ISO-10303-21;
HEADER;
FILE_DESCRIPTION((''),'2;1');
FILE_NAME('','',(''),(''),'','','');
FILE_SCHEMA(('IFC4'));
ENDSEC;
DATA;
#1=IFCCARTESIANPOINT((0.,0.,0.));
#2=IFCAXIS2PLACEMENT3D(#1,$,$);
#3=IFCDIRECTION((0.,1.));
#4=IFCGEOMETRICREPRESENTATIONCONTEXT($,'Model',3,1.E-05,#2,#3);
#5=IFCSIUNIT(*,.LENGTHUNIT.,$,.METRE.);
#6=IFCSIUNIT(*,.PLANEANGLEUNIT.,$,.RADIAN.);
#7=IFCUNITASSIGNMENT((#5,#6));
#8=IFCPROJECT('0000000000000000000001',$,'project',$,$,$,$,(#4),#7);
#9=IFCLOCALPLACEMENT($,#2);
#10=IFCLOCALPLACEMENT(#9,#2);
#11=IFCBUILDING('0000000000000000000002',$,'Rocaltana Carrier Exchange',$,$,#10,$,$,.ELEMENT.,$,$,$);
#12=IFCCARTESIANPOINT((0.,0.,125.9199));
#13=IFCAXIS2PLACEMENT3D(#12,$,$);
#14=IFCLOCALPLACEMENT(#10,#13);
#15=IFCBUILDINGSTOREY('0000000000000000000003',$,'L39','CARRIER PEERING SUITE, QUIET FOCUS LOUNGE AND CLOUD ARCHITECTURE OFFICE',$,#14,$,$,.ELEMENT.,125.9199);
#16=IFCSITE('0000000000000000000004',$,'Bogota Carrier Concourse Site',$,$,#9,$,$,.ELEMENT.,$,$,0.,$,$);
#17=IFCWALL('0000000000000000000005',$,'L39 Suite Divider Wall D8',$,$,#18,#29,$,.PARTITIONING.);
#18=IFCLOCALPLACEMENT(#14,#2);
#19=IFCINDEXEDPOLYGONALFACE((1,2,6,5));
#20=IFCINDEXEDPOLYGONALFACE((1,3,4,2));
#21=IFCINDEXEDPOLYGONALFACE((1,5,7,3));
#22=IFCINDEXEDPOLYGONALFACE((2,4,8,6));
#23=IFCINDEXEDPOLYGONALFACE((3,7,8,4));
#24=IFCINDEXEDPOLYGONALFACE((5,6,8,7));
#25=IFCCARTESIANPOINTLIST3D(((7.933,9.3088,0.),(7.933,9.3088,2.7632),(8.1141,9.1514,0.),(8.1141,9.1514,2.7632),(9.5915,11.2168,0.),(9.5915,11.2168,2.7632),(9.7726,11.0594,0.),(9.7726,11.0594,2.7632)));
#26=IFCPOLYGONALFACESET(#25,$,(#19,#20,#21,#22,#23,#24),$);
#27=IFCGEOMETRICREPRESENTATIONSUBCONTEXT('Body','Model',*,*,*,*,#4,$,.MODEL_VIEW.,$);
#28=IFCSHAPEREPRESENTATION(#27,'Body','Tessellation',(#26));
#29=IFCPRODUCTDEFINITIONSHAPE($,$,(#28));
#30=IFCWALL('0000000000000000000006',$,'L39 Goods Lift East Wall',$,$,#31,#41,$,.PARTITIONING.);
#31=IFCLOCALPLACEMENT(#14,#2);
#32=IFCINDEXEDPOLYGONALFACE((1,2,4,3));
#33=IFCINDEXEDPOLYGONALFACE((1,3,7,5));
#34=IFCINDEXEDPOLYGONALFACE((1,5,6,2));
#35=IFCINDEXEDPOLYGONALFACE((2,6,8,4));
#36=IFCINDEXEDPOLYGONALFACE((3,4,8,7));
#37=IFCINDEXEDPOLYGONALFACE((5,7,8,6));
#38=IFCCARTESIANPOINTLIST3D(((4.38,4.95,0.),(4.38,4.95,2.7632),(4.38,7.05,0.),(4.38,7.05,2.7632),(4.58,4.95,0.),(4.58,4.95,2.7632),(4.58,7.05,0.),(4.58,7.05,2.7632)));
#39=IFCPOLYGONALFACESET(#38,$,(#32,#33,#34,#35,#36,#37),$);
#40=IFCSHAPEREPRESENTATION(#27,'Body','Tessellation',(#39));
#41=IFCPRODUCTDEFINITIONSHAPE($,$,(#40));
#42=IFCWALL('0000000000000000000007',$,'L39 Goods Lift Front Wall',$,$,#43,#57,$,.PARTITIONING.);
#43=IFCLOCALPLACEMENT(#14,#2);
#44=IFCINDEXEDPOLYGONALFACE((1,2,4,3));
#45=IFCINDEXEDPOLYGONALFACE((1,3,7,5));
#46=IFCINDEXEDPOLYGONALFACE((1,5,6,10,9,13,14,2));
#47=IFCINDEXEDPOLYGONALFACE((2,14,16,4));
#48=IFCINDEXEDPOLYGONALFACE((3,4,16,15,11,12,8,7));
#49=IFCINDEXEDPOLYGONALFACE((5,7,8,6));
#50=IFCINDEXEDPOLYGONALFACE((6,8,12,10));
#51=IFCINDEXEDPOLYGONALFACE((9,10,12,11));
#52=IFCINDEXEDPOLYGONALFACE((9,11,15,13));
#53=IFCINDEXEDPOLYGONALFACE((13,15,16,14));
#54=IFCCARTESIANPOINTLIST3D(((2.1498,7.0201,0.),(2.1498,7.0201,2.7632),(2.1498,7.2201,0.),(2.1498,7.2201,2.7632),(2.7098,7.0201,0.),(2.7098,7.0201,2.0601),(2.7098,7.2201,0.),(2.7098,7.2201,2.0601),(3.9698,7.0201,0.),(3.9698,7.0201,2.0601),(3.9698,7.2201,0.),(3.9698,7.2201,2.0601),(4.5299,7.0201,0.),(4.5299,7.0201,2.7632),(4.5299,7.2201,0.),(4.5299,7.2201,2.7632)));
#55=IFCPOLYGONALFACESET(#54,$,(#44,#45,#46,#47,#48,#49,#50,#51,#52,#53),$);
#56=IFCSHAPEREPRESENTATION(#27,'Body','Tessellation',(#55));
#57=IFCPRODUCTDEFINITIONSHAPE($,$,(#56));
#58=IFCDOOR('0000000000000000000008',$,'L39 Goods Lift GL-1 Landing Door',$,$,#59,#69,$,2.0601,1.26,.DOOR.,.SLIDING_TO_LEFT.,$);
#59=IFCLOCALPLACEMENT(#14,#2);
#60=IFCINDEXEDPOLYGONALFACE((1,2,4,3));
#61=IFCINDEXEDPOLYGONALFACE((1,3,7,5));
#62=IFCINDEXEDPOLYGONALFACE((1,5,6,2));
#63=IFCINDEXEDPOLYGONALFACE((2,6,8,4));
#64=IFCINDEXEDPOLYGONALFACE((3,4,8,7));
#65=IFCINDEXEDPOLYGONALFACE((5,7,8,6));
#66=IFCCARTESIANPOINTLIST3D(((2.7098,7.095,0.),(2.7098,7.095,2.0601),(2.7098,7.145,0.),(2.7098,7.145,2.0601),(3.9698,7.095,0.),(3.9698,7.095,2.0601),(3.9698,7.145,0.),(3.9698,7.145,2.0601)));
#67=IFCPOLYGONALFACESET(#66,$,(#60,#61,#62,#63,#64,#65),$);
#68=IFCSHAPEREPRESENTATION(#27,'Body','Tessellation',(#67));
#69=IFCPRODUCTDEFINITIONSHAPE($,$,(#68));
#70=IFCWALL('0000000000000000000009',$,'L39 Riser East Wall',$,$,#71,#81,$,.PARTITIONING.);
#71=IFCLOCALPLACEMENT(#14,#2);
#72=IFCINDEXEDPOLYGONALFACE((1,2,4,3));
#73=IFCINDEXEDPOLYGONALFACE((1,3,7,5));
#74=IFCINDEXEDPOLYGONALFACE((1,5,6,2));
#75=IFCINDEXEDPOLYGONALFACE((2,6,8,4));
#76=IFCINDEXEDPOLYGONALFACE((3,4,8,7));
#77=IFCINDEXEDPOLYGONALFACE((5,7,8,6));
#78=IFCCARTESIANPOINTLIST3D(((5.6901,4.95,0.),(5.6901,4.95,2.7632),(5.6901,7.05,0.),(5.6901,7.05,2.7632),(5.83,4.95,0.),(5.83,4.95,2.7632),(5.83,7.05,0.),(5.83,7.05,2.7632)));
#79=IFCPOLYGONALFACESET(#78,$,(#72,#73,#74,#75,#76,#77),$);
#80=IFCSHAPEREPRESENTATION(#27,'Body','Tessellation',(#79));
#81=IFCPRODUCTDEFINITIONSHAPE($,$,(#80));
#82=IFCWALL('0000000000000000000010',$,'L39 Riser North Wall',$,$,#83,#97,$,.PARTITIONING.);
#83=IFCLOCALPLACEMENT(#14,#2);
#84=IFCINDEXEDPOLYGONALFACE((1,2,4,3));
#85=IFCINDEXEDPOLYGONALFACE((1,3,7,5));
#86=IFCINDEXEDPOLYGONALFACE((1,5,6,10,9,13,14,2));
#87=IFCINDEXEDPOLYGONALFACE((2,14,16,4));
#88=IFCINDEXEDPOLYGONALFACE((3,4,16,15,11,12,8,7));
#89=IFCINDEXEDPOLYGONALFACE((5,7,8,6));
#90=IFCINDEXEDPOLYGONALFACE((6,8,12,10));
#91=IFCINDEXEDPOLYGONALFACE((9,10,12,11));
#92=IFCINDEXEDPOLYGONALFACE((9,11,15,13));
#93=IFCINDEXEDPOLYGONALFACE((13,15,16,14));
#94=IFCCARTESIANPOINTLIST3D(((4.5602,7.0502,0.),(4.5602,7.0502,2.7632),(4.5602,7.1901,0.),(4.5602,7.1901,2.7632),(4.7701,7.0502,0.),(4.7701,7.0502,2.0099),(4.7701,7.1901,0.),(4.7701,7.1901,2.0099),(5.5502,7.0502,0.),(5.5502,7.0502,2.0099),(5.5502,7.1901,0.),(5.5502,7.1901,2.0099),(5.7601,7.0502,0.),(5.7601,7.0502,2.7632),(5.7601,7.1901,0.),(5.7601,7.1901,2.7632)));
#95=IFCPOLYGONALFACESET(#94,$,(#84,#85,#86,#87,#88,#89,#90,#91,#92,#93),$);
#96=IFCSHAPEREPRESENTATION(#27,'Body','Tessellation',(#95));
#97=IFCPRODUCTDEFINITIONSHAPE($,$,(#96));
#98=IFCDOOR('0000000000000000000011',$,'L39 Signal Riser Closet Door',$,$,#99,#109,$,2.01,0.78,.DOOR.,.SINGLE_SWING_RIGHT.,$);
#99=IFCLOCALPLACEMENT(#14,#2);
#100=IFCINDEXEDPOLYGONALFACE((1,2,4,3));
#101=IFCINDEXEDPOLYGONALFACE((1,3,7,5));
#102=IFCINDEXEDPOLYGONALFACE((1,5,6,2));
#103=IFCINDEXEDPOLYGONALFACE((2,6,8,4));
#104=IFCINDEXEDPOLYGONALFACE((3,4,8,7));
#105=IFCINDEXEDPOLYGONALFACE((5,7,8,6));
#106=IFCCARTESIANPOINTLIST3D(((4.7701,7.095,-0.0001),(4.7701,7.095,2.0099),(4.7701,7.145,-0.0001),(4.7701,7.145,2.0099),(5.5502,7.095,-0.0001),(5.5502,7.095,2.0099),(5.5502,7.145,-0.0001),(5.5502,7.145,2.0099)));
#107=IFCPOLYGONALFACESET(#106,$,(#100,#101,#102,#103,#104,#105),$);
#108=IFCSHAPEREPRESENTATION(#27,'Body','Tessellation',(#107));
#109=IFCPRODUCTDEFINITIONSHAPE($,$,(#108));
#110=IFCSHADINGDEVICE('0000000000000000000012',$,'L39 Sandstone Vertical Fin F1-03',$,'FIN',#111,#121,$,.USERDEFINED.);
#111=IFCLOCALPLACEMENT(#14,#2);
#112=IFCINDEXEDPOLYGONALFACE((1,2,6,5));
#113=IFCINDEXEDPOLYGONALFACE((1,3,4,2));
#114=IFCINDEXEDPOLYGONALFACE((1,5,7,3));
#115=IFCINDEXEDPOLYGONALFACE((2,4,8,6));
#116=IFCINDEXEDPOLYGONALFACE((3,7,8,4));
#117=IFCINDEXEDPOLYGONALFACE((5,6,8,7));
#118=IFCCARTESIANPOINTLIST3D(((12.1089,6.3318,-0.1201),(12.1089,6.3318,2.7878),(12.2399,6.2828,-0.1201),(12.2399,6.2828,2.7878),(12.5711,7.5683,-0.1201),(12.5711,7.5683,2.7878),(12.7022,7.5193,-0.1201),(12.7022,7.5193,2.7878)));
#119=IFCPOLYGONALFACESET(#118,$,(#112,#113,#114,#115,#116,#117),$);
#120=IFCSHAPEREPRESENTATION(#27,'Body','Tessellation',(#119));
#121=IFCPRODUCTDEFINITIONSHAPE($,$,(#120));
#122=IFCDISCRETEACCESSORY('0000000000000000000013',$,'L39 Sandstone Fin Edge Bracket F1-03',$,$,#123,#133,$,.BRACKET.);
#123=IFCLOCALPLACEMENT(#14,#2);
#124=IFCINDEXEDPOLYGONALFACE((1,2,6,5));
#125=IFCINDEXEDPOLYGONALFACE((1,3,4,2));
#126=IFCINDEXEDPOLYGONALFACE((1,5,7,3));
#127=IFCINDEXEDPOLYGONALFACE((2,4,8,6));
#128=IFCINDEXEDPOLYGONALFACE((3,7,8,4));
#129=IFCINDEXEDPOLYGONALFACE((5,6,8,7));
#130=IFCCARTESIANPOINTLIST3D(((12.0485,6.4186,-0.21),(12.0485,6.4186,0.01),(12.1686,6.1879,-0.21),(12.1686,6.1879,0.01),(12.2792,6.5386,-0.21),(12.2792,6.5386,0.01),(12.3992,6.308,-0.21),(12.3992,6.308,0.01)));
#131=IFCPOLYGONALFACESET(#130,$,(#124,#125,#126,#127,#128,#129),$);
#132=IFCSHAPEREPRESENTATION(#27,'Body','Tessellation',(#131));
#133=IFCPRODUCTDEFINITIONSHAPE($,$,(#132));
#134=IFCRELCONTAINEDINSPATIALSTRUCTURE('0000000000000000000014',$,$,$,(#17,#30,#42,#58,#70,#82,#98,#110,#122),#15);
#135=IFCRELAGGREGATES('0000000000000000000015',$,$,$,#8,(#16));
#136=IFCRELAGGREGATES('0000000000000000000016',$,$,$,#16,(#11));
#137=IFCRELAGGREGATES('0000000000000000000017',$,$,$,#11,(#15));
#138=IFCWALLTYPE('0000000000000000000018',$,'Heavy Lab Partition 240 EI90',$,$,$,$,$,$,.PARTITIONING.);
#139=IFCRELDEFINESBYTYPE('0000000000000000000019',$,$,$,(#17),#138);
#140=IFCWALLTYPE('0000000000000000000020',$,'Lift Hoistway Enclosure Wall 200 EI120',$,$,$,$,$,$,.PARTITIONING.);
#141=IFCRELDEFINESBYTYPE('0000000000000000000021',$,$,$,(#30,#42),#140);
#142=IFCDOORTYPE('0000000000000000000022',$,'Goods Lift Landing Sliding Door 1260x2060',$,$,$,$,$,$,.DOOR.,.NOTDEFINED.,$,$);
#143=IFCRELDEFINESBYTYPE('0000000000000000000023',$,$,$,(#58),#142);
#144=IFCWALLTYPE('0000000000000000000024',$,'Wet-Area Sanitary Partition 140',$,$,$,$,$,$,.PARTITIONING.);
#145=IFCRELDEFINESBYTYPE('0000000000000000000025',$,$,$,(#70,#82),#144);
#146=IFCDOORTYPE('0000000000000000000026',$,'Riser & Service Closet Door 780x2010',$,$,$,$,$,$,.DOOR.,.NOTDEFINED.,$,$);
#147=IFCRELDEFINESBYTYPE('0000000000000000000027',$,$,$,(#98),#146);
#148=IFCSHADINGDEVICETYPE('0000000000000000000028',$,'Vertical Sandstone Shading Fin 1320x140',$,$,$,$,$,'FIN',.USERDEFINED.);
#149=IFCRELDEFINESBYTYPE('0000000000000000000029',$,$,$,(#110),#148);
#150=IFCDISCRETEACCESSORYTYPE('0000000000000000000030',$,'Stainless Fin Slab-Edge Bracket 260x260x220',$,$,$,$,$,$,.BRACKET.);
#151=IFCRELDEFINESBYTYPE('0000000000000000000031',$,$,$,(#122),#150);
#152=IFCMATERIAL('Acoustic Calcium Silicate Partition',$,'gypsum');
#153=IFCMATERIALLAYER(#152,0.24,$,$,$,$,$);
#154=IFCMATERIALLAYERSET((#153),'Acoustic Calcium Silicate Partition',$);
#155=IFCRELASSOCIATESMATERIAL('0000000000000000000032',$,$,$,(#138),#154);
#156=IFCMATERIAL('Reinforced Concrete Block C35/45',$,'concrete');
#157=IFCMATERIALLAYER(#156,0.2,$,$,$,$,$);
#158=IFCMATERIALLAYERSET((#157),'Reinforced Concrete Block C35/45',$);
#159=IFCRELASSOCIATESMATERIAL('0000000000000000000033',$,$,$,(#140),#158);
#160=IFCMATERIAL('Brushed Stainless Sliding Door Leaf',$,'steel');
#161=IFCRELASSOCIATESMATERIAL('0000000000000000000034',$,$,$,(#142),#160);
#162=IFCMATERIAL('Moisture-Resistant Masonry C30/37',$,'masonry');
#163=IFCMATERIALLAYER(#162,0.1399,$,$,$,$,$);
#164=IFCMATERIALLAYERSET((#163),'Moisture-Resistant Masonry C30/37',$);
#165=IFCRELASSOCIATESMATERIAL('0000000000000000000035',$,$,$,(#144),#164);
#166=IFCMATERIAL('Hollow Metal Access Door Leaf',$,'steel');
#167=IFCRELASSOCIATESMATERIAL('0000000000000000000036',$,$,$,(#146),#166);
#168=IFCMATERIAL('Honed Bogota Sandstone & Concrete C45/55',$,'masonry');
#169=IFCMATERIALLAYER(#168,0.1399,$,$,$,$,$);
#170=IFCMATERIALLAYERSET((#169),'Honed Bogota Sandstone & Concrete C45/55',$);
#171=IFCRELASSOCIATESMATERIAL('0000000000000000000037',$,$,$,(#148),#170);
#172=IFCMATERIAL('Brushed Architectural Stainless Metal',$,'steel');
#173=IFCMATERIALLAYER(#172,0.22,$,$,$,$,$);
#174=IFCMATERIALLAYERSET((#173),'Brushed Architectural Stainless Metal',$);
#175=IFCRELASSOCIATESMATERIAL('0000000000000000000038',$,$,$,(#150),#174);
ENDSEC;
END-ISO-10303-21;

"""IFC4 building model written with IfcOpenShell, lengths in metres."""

from ifc_helpers import new_model, si_unit, direction, frame, frame_2d, origin, origin_2d, place, context, subcontext, project, spatial, rectangle, extrude, material, layer, layer_set, type_object, element, fill, save


model = new_model("IFC4")

# Units and contexts
model_context = context("Model", 3, precision=1e-05, world=origin(), true_north=direction((0.0, 1.0)))
body_context = subcontext(model_context, "Body", "Model", "MODEL_VIEW")
ifc_project = project(units=[si_unit("LENGTHUNIT", "METRE"), si_unit("PLANEANGLEUNIT", "RADIAN")], contexts=[model_context])

# Site, building, storey
site_placement = place(None, origin())
site = spatial("IfcSite", under=ifc_project, at=site_placement, Name="Bogota Carrier Concourse Site", CompositionType="ELEMENT", RefElevation=0.0)
building_placement = place(site_placement, origin())
building = spatial("IfcBuilding", under=site, at=building_placement, Name="Rocaltana Carrier Exchange", CompositionType="ELEMENT")
storey_placement = place(building_placement, frame((0.0, 0.0, 125.9199)))
storey = spatial("IfcBuildingStorey", under=building, at=storey_placement, Name="L39", Description="CARRIER PEERING SUITE, QUIET FOCUS LOUNGE AND CLOUD ARCHITECTURE OFFICE", CompositionType="ELEMENT", Elevation=125.9199)

# Walls
ifc_material_1 = material(Name="Acoustic Calcium Silicate Partition", Category="gypsum")
ifc_layer_1 = layer(ifc_material_1, 0.24)
ifc_layer_set_1 = layer_set([ifc_layer_1], Name="Acoustic Calcium Silicate Partition")
wall_type_1 = type_object("IfcWallType", Name="Heavy Lab Partition 240 EI90", PredefinedType="PARTITIONING", material=ifc_layer_set_1)
wall_1_placement = place(storey_placement, frame((8.0234, 9.23, 0.0), z_axis=(0.0, 0.0, 1.0), x_axis=(0.656033, 0.754732, 0.0)))
element("IfcWall", 1, at=wall_1_placement, inside=storey, type_object=wall_type_1, Name="L39 Suite Divider Wall D8", PredefinedType="PARTITIONING", context=body_context, shape_type="SweptSolid", body=[
    extrude(rectangle(XDim=2.5281, YDim=0.24, at=frame_2d((1.2642, 0.0))), origin(), (0.0, 0.0, 1.0), 2.7632),
])
ifc_material_2 = material(Name="Reinforced Concrete Block C35/45", Category="concrete")
ifc_layer_2 = layer(ifc_material_2, 0.2)
ifc_layer_set_2 = layer_set([ifc_layer_2], Name="Reinforced Concrete Block C35/45")
wall_type_2 = type_object("IfcWallType", Name="Lift Hoistway Enclosure Wall 200 EI120", PredefinedType="PARTITIONING", material=ifc_layer_set_2)
wall_2_placement = place(storey_placement, frame((4.48, 4.95, 0.0), z_axis=(0.0, 0.0, 1.0), x_axis=(0.0, 1.0, 0.0)))
element("IfcWall", 2, at=wall_2_placement, inside=storey, type_object=wall_type_2, Name="L39 Goods Lift East Wall", PredefinedType="PARTITIONING", context=body_context, shape_type="SweptSolid", body=[
    extrude(rectangle(XDim=2.1001, YDim=0.2, at=frame_2d((1.05, 0.0))), origin(), (0.0, 0.0, 1.0), 2.7632),
])

# Wall, opening, door
wall_3_placement = place(storey_placement, frame((2.1499, 7.1201, 0.0), z_axis=(0.0, 0.0, 1.0), x_axis=(1.0, 0.0, 0.0)))
wall_3 = element("IfcWall", 3, at=wall_3_placement, inside=storey, type_object=wall_type_2, Name="L39 Goods Lift Front Wall", PredefinedType="PARTITIONING", context=body_context, shape_type="SweptSolid", body=[
    extrude(rectangle(XDim=2.3801, YDim=0.2, at=frame_2d((1.1899, 0.0))), origin(), (0.0, 0.0, 1.0), 2.7632),
])
opening_1_placement = place(wall_3_placement, frame((0.5601, 0.0, 0.0)))
opening_1 = element("IfcOpeningElement", 4, at=opening_1_placement, cuts=wall_3, PredefinedType="OPENING", context=body_context, shape_type="SweptSolid", body=[
    extrude(rectangle(XDim=1.26, YDim=2.0601, at=frame_2d((0.6299, 1.03))), frame((0.0, 0.1099, 0.0), z_axis=(0.0, -1.0, 0.0), x_axis=(1.0, 0.0, 0.0)), (0.0, 0.0, 1.0), 0.22),
])
ifc_material_3 = material(Name="Brushed Stainless Sliding Door Leaf", Category="steel")
door_type_1 = type_object("IfcDoorType", Name="Goods Lift Landing Sliding Door 1260x2060", OperationType="NOTDEFINED", PredefinedType="DOOR", material=ifc_material_3)
door_1_placement = place(opening_1_placement, origin())
door_1 = element("IfcDoor", 5, at=door_1_placement, inside=storey, type_object=door_type_1, Name="L39 Goods Lift GL-1 Landing Door", OperationType="SLIDING_TO_LEFT", OverallHeight=2.0601, OverallWidth=1.26, PredefinedType="DOOR", context=body_context, shape_type="SweptSolid", body=[
    extrude(rectangle(XDim=1.26, YDim=2.0601, at=frame_2d((0.6299, 1.03))), frame((0.0, 0.0249, 0.0), z_axis=(0.0, -1.0, 0.0), x_axis=(1.0, 0.0, 0.0)), (0.0, 0.0, 1.0), 0.05),
])
fill(opening_1, door_1)

# Wall
ifc_material_4 = material(Name="Moisture-Resistant Masonry C30/37", Category="masonry")
ifc_layer_3 = layer(ifc_material_4, 0.1399)
ifc_layer_set_3 = layer_set([ifc_layer_3], Name="Moisture-Resistant Masonry C30/37")
wall_type_3 = type_object("IfcWallType", Name="Wet-Area Sanitary Partition 140", PredefinedType="PARTITIONING", material=ifc_layer_set_3)
wall_4_placement = place(storey_placement, frame((5.76, 4.95, 0.0), z_axis=(0.0, 0.0, 1.0), x_axis=(0.0, 1.0, 0.0)))
element("IfcWall", 6, at=wall_4_placement, inside=storey, type_object=wall_type_3, Name="L39 Riser East Wall", PredefinedType="PARTITIONING", context=body_context, shape_type="SweptSolid", body=[
    extrude(rectangle(XDim=2.1001, YDim=0.1399, at=frame_2d((1.05, 0.0))), origin(), (0.0, 0.0, 1.0), 2.7632),
])

# Wall, opening, door
wall_5_placement = place(storey_placement, frame((4.5601, 7.1201, 0.0), z_axis=(0.0, 0.0, 1.0), x_axis=(1.0, 0.0, 0.0)))
wall_5 = element("IfcWall", 7, at=wall_5_placement, inside=storey, type_object=wall_type_3, Name="L39 Riser North Wall", PredefinedType="PARTITIONING", context=body_context, shape_type="SweptSolid", body=[
    extrude(rectangle(XDim=1.2, YDim=0.1399, at=frame_2d((0.6001, 0.0))), origin(), (0.0, 0.0, 1.0), 2.7632),
])
opening_2_placement = place(wall_5_placement, frame((0.21, 0.0, 0.0)))
opening_2 = element("IfcOpeningElement", 8, at=opening_2_placement, cuts=wall_5, PredefinedType="OPENING", context=body_context, shape_type="SweptSolid", body=[
    extrude(rectangle(XDim=0.78, YDim=2.01, at=frame_2d((0.3901, 1.0049))), frame((0.0, 0.0798, 0.0), z_axis=(0.0, -1.0, 0.0), x_axis=(1.0, 0.0, 0.0)), (0.0, 0.0, 1.0), 0.1599),
])
ifc_material_5 = material(Name="Hollow Metal Access Door Leaf", Category="steel")
door_type_2 = type_object("IfcDoorType", Name="Riser & Service Closet Door 780x2010", OperationType="NOTDEFINED", PredefinedType="DOOR", material=ifc_material_5)
door_2_placement = place(opening_2_placement, origin())
door_2 = element("IfcDoor", 9, at=door_2_placement, inside=storey, type_object=door_type_2, Name="L39 Signal Riser Closet Door", OperationType="SINGLE_SWING_RIGHT", OverallHeight=2.01, OverallWidth=0.78, PredefinedType="DOOR", context=body_context, shape_type="SweptSolid", body=[
    extrude(rectangle(XDim=0.78, YDim=2.01, at=frame_2d((0.3901, 1.0049))), frame((0.0, 0.0249, 0.0), z_axis=(0.0, -1.0, 0.0), x_axis=(1.0, 0.0, 0.0)), (0.0, 0.0, 1.0), 0.05),
])
fill(opening_2, door_2)

# Shading device
ifc_material_6 = material(Name="Honed Bogota Sandstone & Concrete C45/55", Category="masonry")
ifc_layer_4 = layer(ifc_material_6, 0.1399)
ifc_layer_set_4 = layer_set([ifc_layer_4], Name="Honed Bogota Sandstone & Concrete C45/55")
shading_device_type = type_object("IfcShadingDeviceType", Name="Vertical Sandstone Shading Fin 1320x140", ElementType="FIN", PredefinedType="USERDEFINED", material=ifc_layer_set_4)
shading_device_placement = place(storey_placement, frame((12.4055, 6.9255, -0.1201), z_axis=(0.0, 0.0, 1.0), x_axis=(0.350207, 0.936672, 0.0)))
element("IfcShadingDevice", 10, at=shading_device_placement, inside=storey, type_object=shading_device_type, Name="L39 Sandstone Vertical Fin F1-03", ObjectType="FIN", PredefinedType="USERDEFINED", context=body_context, shape_type="SweptSolid", body=[
    extrude(rectangle(XDim=1.3201, YDim=0.1399, at=origin_2d()), origin(), (0.0, 0.0, 1.0), 2.908),
])

# Discrete accessory
ifc_material_7 = material(Name="Brushed Architectural Stainless Metal", Category="steel")
ifc_layer_5 = layer(ifc_material_7, 0.22)
ifc_layer_set_5 = layer_set([ifc_layer_5], Name="Brushed Architectural Stainless Metal")
discrete_accessory_type = type_object("IfcDiscreteAccessoryType", Name="Stainless Fin Slab-Edge Bracket 260x260x220", PredefinedType="BRACKET", material=ifc_layer_set_5)
discrete_accessory_placement = place(storey_placement, frame((12.2239, 6.3633, -0.21), z_axis=(0.0, 0.0, 1.0), x_axis=(-0.461749, 0.887011, 0.0)))
element("IfcDiscreteAccessory", 11, at=discrete_accessory_placement, inside=storey, type_object=discrete_accessory_type, Name="L39 Sandstone Fin Edge Bracket F1-03", PredefinedType="BRACKET", context=body_context, shape_type="SweptSolid", body=[
    extrude(rectangle(XDim=0.26, YDim=0.26, at=origin_2d()), origin(), (0.0, 0.0, 1.0), 0.22),
])

save(model, "model.ifc")
